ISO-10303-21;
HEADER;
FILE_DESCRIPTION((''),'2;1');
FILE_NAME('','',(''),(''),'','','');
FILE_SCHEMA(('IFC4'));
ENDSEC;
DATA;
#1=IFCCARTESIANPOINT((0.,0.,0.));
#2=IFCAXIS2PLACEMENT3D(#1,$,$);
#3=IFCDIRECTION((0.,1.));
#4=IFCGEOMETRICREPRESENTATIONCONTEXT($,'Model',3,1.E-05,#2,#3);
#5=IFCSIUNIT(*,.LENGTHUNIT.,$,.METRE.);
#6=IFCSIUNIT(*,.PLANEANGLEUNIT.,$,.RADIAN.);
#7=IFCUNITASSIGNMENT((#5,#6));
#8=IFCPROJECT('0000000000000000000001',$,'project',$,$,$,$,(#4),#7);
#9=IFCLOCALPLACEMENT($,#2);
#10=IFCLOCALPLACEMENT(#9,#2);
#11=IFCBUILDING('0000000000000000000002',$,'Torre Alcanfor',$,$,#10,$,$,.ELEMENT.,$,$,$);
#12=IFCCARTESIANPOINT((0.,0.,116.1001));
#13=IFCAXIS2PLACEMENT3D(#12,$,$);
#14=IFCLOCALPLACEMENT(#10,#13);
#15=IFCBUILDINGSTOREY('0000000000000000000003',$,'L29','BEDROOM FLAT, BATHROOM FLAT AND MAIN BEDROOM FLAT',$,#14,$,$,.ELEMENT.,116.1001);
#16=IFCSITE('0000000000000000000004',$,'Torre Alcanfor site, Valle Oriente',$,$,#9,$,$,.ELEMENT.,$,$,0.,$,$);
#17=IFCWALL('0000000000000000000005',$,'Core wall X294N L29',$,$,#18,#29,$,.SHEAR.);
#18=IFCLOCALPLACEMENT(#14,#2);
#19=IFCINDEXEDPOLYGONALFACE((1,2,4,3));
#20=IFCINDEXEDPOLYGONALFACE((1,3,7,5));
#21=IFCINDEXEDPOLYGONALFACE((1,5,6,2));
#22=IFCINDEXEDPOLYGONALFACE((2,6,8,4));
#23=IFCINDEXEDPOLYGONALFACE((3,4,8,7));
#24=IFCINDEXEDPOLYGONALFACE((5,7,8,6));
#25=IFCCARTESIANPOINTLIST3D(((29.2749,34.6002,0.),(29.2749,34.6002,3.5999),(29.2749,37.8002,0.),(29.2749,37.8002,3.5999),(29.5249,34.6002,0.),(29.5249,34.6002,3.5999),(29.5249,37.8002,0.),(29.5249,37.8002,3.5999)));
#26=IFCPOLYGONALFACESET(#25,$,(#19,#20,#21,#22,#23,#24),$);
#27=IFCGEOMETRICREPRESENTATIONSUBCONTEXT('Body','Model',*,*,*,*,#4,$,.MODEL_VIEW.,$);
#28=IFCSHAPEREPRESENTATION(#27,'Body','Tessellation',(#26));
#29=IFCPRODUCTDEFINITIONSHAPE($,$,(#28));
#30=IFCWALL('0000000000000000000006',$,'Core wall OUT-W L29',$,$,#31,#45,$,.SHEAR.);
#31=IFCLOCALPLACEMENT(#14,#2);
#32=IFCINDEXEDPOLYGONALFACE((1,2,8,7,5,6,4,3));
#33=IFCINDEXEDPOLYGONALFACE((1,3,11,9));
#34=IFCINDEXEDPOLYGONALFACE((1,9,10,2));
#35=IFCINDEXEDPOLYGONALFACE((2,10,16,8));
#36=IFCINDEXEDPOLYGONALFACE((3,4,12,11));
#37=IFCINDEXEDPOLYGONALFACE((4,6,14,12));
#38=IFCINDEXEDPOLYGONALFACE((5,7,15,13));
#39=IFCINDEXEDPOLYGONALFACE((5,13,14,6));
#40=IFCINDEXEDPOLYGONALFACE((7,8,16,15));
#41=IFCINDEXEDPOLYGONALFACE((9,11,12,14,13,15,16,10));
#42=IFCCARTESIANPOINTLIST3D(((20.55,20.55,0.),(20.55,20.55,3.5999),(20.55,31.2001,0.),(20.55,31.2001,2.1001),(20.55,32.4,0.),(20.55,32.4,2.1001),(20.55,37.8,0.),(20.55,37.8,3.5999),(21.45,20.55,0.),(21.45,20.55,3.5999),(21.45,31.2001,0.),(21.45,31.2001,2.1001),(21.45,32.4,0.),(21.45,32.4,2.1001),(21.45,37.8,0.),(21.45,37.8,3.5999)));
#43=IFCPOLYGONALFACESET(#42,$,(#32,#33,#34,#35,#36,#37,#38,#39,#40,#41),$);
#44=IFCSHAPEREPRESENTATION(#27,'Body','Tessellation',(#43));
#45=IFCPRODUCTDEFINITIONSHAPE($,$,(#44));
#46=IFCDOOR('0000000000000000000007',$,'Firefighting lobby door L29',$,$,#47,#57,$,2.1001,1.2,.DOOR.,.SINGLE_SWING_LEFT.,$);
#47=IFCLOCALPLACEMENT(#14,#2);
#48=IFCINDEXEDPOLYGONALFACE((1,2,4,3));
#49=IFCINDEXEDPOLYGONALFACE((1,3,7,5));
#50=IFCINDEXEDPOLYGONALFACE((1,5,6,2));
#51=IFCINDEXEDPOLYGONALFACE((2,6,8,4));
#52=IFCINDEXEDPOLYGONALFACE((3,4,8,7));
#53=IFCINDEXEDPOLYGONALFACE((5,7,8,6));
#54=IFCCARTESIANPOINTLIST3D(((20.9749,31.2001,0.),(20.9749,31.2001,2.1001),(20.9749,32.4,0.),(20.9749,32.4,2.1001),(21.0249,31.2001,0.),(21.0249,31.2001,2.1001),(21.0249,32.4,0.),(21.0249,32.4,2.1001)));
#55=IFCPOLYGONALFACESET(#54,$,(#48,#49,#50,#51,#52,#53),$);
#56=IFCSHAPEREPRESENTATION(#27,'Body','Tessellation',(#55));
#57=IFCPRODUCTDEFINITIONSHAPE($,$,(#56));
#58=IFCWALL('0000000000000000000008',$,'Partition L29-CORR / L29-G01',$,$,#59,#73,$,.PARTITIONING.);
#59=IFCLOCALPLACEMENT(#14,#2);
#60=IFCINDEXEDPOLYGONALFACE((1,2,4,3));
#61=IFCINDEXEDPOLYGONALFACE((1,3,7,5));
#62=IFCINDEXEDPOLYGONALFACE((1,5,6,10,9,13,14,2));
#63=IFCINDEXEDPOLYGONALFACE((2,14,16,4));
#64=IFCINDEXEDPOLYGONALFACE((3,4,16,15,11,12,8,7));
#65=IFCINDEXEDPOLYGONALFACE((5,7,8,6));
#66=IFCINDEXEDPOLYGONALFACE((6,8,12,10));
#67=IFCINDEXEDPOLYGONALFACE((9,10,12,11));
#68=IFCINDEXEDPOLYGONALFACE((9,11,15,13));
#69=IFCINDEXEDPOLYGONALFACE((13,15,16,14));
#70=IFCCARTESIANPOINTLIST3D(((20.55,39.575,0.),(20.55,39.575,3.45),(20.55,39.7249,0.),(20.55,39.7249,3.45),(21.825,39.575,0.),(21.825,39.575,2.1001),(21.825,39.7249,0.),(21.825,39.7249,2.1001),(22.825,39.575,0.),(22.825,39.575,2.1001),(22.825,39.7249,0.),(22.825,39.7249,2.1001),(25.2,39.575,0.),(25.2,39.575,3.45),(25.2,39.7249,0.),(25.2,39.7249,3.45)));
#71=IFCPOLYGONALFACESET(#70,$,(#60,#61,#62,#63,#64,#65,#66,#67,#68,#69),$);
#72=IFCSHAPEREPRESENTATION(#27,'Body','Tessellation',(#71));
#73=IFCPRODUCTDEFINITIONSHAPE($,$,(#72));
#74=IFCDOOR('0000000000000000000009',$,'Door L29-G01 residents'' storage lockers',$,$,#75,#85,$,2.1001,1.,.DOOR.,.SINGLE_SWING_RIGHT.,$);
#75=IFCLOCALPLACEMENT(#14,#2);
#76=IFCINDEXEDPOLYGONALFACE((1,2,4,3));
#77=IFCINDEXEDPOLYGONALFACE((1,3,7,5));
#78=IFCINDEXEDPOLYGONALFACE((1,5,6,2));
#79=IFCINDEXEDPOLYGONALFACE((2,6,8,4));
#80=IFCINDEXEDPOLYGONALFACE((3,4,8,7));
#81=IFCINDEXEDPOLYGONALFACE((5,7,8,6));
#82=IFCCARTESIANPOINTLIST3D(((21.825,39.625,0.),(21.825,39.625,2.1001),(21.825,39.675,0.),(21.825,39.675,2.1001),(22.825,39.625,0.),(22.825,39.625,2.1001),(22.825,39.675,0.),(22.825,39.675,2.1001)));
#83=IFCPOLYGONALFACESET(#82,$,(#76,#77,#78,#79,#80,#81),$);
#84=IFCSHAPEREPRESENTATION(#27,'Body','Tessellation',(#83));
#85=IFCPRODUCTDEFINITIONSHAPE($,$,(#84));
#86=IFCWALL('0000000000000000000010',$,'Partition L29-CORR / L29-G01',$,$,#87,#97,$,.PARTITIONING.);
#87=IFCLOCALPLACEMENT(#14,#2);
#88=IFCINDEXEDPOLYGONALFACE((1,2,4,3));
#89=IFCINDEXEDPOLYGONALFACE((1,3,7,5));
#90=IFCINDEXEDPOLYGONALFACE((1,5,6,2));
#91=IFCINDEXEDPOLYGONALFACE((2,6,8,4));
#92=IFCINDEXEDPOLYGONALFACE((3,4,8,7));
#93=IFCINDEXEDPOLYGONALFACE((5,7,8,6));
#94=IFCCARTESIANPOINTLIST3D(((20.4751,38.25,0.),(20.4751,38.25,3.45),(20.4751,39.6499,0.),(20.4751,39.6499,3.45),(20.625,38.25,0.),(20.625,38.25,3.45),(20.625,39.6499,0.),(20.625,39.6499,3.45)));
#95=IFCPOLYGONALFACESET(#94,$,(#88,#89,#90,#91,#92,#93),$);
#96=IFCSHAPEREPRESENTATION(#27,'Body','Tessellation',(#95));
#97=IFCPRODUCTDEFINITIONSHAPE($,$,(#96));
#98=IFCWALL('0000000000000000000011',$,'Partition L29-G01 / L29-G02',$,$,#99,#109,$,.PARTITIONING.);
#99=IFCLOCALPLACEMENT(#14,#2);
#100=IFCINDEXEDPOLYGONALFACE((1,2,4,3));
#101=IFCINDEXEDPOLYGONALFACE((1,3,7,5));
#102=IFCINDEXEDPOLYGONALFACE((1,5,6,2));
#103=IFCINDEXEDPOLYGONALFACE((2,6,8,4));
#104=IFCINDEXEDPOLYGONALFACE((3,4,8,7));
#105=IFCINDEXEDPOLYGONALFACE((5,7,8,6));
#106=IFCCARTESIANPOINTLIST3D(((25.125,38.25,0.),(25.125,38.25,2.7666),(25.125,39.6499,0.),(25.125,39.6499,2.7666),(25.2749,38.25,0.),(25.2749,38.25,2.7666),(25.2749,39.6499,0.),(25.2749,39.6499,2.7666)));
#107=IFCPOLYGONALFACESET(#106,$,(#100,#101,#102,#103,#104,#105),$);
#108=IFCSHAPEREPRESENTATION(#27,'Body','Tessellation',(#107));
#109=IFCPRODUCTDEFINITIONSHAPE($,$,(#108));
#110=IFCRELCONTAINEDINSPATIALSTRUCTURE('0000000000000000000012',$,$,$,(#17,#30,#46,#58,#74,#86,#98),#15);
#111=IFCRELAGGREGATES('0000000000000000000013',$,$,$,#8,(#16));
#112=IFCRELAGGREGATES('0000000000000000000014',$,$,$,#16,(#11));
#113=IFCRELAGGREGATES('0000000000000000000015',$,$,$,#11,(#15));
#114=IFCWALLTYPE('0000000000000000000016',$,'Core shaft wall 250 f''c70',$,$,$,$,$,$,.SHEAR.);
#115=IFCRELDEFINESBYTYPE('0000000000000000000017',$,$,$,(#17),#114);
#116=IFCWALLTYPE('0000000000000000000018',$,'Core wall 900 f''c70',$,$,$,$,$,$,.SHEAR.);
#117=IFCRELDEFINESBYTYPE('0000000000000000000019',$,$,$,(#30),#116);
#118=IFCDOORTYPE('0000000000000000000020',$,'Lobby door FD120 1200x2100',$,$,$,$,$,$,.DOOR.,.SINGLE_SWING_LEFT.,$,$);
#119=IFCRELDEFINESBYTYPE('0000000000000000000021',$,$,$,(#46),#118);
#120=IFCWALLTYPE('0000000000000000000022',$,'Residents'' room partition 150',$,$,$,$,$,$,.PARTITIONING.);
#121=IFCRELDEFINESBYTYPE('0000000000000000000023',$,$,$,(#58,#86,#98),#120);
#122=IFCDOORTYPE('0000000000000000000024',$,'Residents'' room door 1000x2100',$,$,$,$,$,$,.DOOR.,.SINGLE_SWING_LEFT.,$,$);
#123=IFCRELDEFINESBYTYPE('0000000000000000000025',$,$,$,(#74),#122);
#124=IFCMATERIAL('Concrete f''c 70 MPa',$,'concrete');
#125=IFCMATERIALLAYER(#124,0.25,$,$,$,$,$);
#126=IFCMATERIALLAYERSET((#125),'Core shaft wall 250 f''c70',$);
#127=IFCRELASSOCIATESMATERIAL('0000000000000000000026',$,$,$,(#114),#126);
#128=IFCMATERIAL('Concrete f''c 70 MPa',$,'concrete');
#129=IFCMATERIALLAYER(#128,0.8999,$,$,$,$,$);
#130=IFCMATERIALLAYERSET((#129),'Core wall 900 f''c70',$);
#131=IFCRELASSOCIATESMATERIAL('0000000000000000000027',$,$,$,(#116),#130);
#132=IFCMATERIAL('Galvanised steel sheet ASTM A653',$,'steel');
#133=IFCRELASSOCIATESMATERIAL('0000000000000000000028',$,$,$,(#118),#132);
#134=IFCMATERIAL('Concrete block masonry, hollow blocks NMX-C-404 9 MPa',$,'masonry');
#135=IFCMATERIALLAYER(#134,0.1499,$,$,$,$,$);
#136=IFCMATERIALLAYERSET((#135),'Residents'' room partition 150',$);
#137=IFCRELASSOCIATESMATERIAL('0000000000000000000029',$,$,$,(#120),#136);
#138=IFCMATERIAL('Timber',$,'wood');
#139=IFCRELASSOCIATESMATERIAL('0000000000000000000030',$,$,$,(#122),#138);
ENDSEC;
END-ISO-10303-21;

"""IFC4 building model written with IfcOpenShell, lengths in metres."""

from ifc_helpers import new_model, si_unit, direction, frame, frame_2d, origin, place, context, subcontext, project, spatial, rectangle, extrude, material, layer, layer_set, type_object, element, fill, save


model = new_model("IFC4")

# Units and contexts
model_context = context("Model", 3, precision=1e-05, world=origin(), true_north=direction((0.0, 1.0)))
body_context = subcontext(model_context, "Body", "Model", "MODEL_VIEW")
ifc_project = project(units=[si_unit("LENGTHUNIT", "METRE"), si_unit("PLANEANGLEUNIT", "RADIAN")], contexts=[model_context])

# Site, building, storey
site_placement = place(None, origin())
site = spatial("IfcSite", under=ifc_project, at=site_placement, Name="Torre Alcanfor site, Valle Oriente", CompositionType="ELEMENT", RefElevation=0.0)
building_placement = place(site_placement, origin())
building = spatial("IfcBuilding", under=site, at=building_placement, Name="Torre Alcanfor", CompositionType="ELEMENT")
storey_placement = place(building_placement, frame((0.0, 0.0, 116.1001)))
storey = spatial("IfcBuildingStorey", under=building, at=storey_placement, Name="L29", Description="BEDROOM FLAT, BATHROOM FLAT AND MAIN BEDROOM FLAT", CompositionType="ELEMENT", Elevation=116.1001)

# Wall
ifc_material_1 = material(Name="Concrete f'c 70 MPa", Category="concrete")
ifc_layer_1 = layer(ifc_material_1, 0.25)
ifc_layer_set_1 = layer_set([ifc_layer_1], Name="Core shaft wall 250 f'c70")
wall_type_1 = type_object("IfcWallType", Name="Core shaft wall 250 f'c70", PredefinedType="SHEAR", material=ifc_layer_set_1)
wall_1_placement = place(storey_placement, frame((29.3999, 34.6001, 0.0), z_axis=(0.0, 0.0, 1.0), x_axis=(0.0, 1.0, 0.0)))
element("IfcWall", 1, at=wall_1_placement, inside=storey, type_object=wall_type_1, Name="Core wall X294N L29", PredefinedType="SHEAR", context=body_context, shape_type="SweptSolid", body=[
    extrude(rectangle(XDim=3.2, YDim=0.25, at=frame_2d((1.6001, 0.0))), origin(), (0.0, 0.0, 1.0), 3.5999),
])

# Walls, openings, doors
ifc_material_2 = material(Name="Concrete f'c 70 MPa", Category="concrete")
ifc_layer_2 = layer(ifc_material_2, 0.8999)
ifc_layer_set_2 = layer_set([ifc_layer_2], Name="Core wall 900 f'c70")
wall_type_2 = type_object("IfcWallType", Name="Core wall 900 f'c70", PredefinedType="SHEAR", material=ifc_layer_set_2)
wall_2_placement = place(storey_placement, frame((21.0, 37.8, 0.0), z_axis=(0.0, 0.0, 1.0), x_axis=(0.0, -1.0, 0.0)))
wall_2 = element("IfcWall", 2, at=wall_2_placement, inside=storey, type_object=wall_type_2, Name="Core wall OUT-W L29", PredefinedType="SHEAR", context=body_context, shape_type="SweptSolid", body=[
    extrude(rectangle(XDim=17.25, YDim=0.8999, at=frame_2d((8.625, 0.0))), origin(), (0.0, 0.0, 1.0), 3.5999),
])
opening_1_placement = place(wall_2_placement, frame((5.3999, 0.0, 0.0)))
opening_1 = element("IfcOpeningElement", 3, at=opening_1_placement, cuts=wall_2, PredefinedType="OPENING", context=body_context, shape_type="SweptSolid", body=[
    extrude(rectangle(XDim=1.2, YDim=2.1001, at=frame_2d((0.6001, 1.05))), frame((0.0, 0.46, 0.0), z_axis=(0.0, -1.0, 0.0), x_axis=(1.0, 0.0, 0.0)), (0.0, 0.0, 1.0), 0.9199),
])
ifc_material_3 = material(Name="Galvanised steel sheet ASTM A653", Category="steel")
door_type_1 = type_object("IfcDoorType", Name="Lobby door FD120 1200x2100", OperationType="SINGLE_SWING_LEFT", PredefinedType="DOOR", material=ifc_material_3)
door_1_placement = place(opening_1_placement, origin())
door_1 = element("IfcDoor", 4, at=door_1_placement, inside=storey, type_object=door_type_1, Name="Firefighting lobby door L29", OperationType="SINGLE_SWING_LEFT", OverallHeight=2.1001, OverallWidth=1.2, PredefinedType="DOOR", context=body_context, shape_type="SweptSolid", body=[
    extrude(rectangle(XDim=1.2, YDim=2.1001, at=frame_2d((0.6001, 1.05))), frame((0.0, 0.0249, 0.0), z_axis=(0.0, -1.0, 0.0), x_axis=(1.0, 0.0, 0.0)), (0.0, 0.0, 1.0), 0.05),
])
fill(opening_1, door_1)
ifc_material_4 = material(Name="Concrete block masonry, hollow blocks NMX-C-404 9 MPa", Category="masonry")
ifc_layer_3 = layer(ifc_material_4, 0.1499)
ifc_layer_set_3 = layer_set([ifc_layer_3], Name="Residents' room partition 150")
wall_type_3 = type_object("IfcWallType", Name="Residents' room partition 150", PredefinedType="PARTITIONING", material=ifc_layer_set_3)
wall_3_placement = place(storey_placement, frame((25.2, 39.6499, 0.0), z_axis=(0.0, 0.0, 1.0), x_axis=(-1.0, 0.0, 0.0)))
wall_3 = element("IfcWall", 5, at=wall_3_placement, inside=storey, type_object=wall_type_3, Name="Partition L29-CORR / L29-G01", PredefinedType="PARTITIONING", context=body_context, shape_type="SweptSolid", body=[
    extrude(rectangle(XDim=4.6499, YDim=0.1499, at=frame_2d((2.325, 0.0))), origin(), (0.0, 0.0, 1.0), 3.45),
])
opening_2_placement = place(wall_3_placement, frame((2.375, 0.0, 0.0)))
opening_2 = element("IfcOpeningElement", 6, at=opening_2_placement, cuts=wall_3, PredefinedType="OPENING", context=body_context, shape_type="SweptSolid", body=[
    extrude(rectangle(XDim=1.0, YDim=2.1001, at=frame_2d((0.5, 1.05))), frame((0.0, 0.085, 0.0), z_axis=(0.0, -1.0, 0.0), x_axis=(1.0, 0.0, 0.0)), (0.0, 0.0, 1.0), 0.1699),
])
ifc_material_5 = material(Name="Timber", Category="wood")
door_type_2 = type_object("IfcDoorType", Name="Residents' room door 1000x2100", OperationType="SINGLE_SWING_LEFT", PredefinedType="DOOR", material=ifc_material_5)
door_2_placement = place(opening_2_placement, origin())
door_2 = element("IfcDoor", 7, at=door_2_placement, inside=storey, type_object=door_type_2, Name="Door L29-G01 residents' storage lockers", OperationType="SINGLE_SWING_RIGHT", OverallHeight=2.1001, OverallWidth=1.0, PredefinedType="DOOR", context=body_context, shape_type="SweptSolid", body=[
    extrude(rectangle(XDim=1.0, YDim=2.1001, at=frame_2d((0.5, 1.05))), frame((0.0, 0.0249, 0.0), z_axis=(0.0, -1.0, 0.0), x_axis=(1.0, 0.0, 0.0)), (0.0, 0.0, 1.0), 0.05),
])
fill(opening_2, door_2)

# Walls
wall_4_placement = place(storey_placement, frame((20.55, 39.6499, 0.0), z_axis=(0.0, 0.0, 1.0), x_axis=(0.0, -1.0, 0.0)))
element("IfcWall", 8, at=wall_4_placement, inside=storey, type_object=wall_type_3, Name="Partition L29-CORR / L29-G01", PredefinedType="PARTITIONING", context=body_context, shape_type="SweptSolid", body=[
    extrude(rectangle(XDim=1.3999, YDim=0.1499, at=frame_2d((0.7, 0.0))), origin(), (0.0, 0.0, 1.0), 3.45),
])
wall_5_placement = place(storey_placement, frame((25.2, 38.25, 0.0), z_axis=(0.0, 0.0, 1.0), x_axis=(0.0, 1.0, 0.0)))
element("IfcWall", 9, at=wall_5_placement, inside=storey, type_object=wall_type_3, Name="Partition L29-G01 / L29-G02", PredefinedType="PARTITIONING", context=body_context, shape_type="SweptSolid", body=[
    extrude(rectangle(XDim=1.3999, YDim=0.1499, at=frame_2d((0.7, 0.0))), origin(), (0.0, 0.0, 1.0), 2.7666),
])

save(model, "model.ifc")
